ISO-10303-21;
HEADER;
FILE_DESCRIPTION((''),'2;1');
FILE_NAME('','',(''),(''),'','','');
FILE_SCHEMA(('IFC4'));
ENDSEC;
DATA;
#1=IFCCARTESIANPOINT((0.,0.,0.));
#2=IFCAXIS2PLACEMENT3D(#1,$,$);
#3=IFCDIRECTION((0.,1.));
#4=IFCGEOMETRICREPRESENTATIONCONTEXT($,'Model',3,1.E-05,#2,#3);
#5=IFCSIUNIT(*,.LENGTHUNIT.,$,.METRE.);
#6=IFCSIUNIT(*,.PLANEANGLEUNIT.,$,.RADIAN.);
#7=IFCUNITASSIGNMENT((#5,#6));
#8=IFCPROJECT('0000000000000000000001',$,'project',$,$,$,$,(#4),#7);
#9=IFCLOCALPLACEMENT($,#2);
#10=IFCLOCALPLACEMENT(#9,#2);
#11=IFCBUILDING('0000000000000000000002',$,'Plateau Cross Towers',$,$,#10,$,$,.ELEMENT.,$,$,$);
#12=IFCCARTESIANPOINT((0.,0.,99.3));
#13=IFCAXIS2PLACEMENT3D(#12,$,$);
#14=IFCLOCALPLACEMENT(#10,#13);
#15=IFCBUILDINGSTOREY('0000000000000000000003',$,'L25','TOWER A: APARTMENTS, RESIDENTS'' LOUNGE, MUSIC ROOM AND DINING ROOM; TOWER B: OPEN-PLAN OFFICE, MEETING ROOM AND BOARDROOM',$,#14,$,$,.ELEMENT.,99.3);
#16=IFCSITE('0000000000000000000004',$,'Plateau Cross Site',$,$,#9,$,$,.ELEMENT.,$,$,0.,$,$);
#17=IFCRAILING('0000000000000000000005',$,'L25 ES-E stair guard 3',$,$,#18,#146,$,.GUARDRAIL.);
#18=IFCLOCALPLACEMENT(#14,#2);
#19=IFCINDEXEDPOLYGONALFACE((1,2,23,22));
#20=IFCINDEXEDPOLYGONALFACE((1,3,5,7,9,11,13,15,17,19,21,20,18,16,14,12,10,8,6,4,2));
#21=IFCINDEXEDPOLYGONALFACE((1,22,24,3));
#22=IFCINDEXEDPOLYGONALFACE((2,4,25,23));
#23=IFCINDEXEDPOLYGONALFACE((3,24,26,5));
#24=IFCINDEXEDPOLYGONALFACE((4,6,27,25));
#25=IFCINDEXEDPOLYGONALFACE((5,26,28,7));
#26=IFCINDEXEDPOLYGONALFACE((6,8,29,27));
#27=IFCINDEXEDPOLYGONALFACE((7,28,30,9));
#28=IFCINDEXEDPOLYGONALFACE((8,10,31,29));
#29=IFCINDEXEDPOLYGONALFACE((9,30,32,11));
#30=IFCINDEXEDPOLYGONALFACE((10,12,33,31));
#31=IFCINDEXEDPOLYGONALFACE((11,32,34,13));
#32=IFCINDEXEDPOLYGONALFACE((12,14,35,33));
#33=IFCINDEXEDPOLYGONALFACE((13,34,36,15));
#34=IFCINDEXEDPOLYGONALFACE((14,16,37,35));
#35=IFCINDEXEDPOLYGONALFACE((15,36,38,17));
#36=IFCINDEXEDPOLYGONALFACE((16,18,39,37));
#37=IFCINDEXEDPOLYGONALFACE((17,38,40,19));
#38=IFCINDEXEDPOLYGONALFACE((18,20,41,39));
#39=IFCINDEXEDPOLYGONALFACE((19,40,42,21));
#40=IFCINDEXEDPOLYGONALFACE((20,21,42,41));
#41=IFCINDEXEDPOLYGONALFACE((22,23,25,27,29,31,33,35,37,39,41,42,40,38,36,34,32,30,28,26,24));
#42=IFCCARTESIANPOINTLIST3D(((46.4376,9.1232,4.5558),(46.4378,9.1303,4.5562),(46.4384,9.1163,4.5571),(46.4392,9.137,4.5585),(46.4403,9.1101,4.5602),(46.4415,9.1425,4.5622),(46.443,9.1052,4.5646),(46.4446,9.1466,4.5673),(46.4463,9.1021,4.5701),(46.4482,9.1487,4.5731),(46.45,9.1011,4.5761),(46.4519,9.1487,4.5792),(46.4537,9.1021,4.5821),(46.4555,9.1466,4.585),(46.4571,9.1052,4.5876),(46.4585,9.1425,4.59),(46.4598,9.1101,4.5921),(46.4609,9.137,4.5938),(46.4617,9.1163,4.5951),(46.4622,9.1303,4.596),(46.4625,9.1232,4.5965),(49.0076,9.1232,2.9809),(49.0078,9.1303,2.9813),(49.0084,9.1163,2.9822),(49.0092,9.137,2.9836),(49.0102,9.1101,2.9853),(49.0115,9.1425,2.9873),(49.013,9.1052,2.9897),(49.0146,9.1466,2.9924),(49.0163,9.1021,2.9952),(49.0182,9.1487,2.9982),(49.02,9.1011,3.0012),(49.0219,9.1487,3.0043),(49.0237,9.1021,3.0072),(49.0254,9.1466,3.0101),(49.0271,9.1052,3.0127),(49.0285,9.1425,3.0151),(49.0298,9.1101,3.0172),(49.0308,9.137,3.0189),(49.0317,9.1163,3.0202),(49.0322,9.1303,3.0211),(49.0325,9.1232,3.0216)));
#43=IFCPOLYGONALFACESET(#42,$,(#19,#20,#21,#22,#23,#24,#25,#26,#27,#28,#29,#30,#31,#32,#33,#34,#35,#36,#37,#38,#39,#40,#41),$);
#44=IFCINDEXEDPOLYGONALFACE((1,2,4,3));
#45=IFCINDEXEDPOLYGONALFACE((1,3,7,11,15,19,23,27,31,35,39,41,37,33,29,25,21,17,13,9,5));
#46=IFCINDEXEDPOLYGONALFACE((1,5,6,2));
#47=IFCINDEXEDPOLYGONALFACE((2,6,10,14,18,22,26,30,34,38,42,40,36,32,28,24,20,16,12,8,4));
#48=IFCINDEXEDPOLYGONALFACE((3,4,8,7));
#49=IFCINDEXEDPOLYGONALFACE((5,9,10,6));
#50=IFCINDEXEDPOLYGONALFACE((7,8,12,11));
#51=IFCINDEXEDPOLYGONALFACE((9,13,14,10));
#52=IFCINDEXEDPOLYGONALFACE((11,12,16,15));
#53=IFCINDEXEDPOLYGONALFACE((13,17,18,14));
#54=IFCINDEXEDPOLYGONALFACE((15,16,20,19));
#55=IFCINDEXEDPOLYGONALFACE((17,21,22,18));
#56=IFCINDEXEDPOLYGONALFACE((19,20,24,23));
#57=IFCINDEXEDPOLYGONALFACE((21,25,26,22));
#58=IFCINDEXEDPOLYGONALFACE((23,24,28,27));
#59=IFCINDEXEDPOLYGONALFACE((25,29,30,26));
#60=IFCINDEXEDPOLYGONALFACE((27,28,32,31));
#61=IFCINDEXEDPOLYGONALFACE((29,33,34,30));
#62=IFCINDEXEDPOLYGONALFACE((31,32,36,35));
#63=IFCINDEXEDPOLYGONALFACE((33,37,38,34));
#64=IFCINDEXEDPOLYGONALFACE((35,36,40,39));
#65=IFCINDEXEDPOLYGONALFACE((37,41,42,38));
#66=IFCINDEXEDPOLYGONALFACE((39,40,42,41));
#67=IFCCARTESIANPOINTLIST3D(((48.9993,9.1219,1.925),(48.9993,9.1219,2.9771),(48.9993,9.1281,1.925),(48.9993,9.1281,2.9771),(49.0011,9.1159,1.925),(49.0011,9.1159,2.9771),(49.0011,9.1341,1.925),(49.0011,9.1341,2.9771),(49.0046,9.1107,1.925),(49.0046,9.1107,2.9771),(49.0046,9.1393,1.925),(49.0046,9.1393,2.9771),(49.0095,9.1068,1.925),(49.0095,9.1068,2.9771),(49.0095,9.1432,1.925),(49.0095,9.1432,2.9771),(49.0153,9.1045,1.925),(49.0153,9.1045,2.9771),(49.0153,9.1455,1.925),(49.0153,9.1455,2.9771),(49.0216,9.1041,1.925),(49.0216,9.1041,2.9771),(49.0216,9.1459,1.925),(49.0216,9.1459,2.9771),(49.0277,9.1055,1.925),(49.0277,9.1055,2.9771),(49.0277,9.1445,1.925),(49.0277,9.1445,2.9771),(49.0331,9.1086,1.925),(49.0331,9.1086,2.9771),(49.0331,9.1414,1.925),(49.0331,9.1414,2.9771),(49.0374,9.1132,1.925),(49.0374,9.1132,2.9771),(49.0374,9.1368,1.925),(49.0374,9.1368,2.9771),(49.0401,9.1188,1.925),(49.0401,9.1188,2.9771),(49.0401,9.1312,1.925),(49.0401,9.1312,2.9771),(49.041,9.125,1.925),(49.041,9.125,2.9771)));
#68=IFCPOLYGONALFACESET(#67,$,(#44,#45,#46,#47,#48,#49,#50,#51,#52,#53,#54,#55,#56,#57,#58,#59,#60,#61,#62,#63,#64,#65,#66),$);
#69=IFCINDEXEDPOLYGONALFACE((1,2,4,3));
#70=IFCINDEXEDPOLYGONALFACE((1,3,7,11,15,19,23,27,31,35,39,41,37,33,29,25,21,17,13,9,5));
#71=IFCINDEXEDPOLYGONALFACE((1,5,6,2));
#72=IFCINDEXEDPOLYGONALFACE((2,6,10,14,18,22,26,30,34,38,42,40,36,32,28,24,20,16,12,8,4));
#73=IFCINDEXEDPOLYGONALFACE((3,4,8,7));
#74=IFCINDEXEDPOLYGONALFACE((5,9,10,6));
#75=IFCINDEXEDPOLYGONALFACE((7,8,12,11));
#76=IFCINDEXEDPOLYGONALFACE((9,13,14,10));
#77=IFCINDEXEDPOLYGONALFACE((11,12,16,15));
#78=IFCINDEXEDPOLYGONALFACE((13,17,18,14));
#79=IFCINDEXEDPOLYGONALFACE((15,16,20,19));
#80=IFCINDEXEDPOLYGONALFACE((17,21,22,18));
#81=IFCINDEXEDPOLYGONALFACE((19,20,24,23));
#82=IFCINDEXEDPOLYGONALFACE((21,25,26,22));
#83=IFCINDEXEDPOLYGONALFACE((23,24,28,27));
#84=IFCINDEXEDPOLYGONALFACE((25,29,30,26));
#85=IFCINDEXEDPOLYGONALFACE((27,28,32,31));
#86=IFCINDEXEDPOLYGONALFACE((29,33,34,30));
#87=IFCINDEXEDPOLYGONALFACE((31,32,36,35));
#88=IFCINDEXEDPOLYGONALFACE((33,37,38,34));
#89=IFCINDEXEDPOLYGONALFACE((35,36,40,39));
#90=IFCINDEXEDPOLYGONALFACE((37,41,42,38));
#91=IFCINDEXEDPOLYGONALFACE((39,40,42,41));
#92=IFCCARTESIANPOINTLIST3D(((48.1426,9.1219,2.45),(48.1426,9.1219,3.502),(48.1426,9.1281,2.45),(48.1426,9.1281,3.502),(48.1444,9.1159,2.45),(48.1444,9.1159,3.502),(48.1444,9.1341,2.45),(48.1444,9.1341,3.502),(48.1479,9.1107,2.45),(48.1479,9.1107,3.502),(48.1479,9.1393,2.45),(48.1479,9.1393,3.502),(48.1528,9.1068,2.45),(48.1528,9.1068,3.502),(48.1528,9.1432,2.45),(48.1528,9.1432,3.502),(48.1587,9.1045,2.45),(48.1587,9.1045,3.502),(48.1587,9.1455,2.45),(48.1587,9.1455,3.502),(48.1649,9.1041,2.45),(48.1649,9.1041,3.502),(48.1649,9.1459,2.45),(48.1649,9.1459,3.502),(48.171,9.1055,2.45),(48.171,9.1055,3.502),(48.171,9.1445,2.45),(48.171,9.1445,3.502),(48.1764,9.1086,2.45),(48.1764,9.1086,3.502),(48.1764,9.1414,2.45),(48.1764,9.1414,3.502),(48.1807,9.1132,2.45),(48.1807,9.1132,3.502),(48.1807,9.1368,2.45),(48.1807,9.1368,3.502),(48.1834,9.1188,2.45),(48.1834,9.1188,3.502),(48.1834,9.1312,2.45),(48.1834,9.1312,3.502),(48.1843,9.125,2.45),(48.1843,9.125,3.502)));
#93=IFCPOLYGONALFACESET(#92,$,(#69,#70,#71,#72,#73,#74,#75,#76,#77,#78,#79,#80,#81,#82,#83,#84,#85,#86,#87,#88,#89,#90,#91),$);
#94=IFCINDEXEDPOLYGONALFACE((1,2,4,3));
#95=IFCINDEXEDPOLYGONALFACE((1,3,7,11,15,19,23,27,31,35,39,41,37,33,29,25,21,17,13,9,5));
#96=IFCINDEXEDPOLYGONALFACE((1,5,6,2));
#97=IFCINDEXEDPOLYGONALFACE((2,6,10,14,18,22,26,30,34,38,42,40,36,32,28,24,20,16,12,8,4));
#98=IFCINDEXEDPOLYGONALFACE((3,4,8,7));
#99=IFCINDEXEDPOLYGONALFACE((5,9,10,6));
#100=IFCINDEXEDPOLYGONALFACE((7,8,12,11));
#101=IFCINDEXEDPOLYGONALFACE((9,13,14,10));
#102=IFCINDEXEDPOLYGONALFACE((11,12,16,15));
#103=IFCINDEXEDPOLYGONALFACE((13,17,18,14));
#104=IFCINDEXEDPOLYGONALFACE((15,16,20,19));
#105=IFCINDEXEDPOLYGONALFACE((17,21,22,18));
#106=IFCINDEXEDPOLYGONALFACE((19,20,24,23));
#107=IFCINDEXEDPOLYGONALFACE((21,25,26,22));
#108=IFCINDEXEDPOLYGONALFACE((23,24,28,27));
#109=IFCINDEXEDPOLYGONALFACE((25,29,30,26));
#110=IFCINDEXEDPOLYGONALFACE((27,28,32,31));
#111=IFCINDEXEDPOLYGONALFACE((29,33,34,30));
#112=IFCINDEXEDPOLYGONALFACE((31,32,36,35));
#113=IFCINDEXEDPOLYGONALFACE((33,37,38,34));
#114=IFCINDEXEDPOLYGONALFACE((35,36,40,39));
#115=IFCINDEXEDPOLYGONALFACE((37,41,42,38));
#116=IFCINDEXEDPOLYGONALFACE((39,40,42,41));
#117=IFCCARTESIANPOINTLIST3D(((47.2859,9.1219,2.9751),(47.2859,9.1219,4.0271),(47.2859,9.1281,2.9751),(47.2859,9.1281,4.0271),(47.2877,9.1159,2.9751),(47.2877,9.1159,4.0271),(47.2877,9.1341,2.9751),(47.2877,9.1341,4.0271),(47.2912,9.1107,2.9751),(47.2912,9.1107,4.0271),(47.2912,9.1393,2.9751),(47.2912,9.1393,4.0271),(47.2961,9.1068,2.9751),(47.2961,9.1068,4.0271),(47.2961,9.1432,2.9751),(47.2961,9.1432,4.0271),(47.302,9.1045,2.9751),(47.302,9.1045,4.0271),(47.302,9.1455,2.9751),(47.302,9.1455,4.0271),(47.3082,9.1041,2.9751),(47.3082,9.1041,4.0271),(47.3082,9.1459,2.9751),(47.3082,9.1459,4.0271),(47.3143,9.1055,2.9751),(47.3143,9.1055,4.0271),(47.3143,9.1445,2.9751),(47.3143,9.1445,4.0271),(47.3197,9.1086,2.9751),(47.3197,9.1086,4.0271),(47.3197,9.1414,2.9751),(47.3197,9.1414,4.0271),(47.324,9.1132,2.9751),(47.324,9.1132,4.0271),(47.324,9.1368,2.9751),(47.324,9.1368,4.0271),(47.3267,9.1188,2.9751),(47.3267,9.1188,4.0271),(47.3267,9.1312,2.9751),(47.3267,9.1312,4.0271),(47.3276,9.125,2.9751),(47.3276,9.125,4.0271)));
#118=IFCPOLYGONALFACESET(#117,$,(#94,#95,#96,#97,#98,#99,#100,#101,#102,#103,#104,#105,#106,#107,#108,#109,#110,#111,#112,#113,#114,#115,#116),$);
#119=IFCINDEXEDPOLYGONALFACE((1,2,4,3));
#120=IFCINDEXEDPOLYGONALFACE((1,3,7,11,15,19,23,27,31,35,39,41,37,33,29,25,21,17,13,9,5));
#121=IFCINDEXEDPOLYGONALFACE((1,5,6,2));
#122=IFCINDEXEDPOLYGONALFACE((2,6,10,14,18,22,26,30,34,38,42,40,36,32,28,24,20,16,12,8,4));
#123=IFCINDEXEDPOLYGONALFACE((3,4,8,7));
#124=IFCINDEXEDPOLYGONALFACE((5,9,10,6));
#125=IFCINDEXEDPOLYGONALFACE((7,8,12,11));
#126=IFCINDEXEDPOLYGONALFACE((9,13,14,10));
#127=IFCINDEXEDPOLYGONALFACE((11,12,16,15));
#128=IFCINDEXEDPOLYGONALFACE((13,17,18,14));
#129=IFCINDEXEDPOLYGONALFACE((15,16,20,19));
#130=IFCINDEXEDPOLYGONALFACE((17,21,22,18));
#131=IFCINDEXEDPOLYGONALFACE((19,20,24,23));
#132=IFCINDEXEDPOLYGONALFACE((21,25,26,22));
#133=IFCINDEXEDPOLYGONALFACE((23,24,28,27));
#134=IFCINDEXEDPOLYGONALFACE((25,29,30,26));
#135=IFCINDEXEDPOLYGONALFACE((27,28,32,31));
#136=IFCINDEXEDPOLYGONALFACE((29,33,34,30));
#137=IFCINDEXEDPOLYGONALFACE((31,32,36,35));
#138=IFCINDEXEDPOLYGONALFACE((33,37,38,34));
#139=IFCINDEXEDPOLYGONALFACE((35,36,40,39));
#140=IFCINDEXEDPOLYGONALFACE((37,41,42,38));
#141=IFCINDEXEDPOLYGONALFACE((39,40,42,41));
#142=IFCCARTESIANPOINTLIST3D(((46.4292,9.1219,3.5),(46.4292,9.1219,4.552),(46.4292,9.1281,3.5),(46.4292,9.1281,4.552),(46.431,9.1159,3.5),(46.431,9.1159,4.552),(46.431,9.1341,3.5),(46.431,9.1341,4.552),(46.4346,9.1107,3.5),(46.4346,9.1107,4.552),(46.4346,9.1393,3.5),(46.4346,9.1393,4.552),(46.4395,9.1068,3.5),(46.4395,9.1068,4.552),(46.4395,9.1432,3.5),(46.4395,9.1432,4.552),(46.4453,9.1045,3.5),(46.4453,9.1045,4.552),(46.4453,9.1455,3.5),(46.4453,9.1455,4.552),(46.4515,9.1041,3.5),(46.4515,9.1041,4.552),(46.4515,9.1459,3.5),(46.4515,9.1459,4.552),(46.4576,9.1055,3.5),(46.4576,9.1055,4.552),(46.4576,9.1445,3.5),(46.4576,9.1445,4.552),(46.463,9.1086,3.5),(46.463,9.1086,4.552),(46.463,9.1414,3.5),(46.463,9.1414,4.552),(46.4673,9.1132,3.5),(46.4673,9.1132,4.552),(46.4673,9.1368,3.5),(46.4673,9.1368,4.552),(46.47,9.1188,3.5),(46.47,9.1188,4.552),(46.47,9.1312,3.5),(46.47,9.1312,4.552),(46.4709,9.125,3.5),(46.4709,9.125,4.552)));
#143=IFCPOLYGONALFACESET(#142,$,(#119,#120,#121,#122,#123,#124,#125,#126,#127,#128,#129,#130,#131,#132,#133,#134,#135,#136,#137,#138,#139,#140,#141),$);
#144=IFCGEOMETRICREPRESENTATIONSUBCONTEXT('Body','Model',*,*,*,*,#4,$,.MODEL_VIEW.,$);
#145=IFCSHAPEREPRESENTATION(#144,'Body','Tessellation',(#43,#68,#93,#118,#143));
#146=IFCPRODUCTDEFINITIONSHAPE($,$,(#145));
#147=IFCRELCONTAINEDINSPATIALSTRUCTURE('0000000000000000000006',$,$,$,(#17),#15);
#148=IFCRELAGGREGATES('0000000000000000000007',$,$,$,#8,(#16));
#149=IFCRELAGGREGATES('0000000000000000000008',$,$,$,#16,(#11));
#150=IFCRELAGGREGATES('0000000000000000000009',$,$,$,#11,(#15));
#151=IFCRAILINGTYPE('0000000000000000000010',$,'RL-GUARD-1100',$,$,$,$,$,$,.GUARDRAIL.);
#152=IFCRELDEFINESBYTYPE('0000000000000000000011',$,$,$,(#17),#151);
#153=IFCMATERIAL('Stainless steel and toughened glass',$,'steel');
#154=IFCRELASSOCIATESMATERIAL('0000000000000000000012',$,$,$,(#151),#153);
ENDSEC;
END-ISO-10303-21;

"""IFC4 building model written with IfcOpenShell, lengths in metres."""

from ifc_helpers import new_model, si_unit, direction, frame, origin, origin_2d, place, context, subcontext, project, spatial, circle, extrude, material, type_object, element, save


model = new_model("IFC4")

# Units and contexts
model_context = context("Model", 3, precision=1e-05, world=origin(), true_north=direction((0.0, 1.0)))
body_context = subcontext(model_context, "Body", "Model", "MODEL_VIEW")
ifc_project = project(units=[si_unit("LENGTHUNIT", "METRE"), si_unit("PLANEANGLEUNIT", "RADIAN")], contexts=[model_context])

# Site, building, storey
site_placement = place(None, origin())
site = spatial("IfcSite", under=ifc_project, at=site_placement, Name="Plateau Cross Site", CompositionType="ELEMENT", RefElevation=0.0)
building_placement = place(site_placement, origin())
building = spatial("IfcBuilding", under=site, at=building_placement, Name="Plateau Cross Towers", CompositionType="ELEMENT")
storey_placement = place(building_placement, frame((0.0, 0.0, 99.3)))
storey = spatial("IfcBuildingStorey", under=building, at=storey_placement, Name="L25", Description="TOWER A: APARTMENTS, RESIDENTS' LOUNGE, MUSIC ROOM AND DINING ROOM; TOWER B: OPEN-PLAN OFFICE, MEETING ROOM AND BOARDROOM", CompositionType="ELEMENT", Elevation=99.3)

# Railing
ifc_material_1 = material(Name="Stainless steel and toughened glass", Category="steel")
railing_type_1 = type_object("IfcRailingType", Name="RL-GUARD-1100", PredefinedType="GUARDRAIL", material=ifc_material_1)
railing_1_placement = place(storey_placement, frame((49.02, 9.125, 1.925)))
element("IfcRailing", 1, at=railing_1_placement, inside=storey, type_object=railing_type_1, Name="L25 ES-E stair guard 3", PredefinedType="GUARDRAIL", context=body_context, shape_type="SweptSolid", body=[
    extrude(circle(Radius=0.0239, at=origin_2d()), frame((0.0, 0.0, 1.0762), z_axis=(-0.852639, 0.0, 0.522501), x_axis=(0.0, -1.0, 0.0)), (0.0, 0.0, 1.0), 3.0142),
    extrude(circle(Radius=0.021, at=origin_2d()), origin(), (0.0, 0.0, 1.0), 1.052),
    extrude(circle(Radius=0.021, at=origin_2d()), frame((-0.8567, 0.0, 0.5249)), (0.0, 0.0, 1.0), 1.052),
    extrude(circle(Radius=0.021, at=origin_2d()), frame((-1.7134, 0.0, 1.05)), (0.0, 0.0, 1.0), 1.052),
    extrude(circle(Radius=0.021, at=origin_2d()), frame((-2.5701, 0.0, 1.575)), (0.0, 0.0, 1.0), 1.052),
])

save(model, "model.ifc")
